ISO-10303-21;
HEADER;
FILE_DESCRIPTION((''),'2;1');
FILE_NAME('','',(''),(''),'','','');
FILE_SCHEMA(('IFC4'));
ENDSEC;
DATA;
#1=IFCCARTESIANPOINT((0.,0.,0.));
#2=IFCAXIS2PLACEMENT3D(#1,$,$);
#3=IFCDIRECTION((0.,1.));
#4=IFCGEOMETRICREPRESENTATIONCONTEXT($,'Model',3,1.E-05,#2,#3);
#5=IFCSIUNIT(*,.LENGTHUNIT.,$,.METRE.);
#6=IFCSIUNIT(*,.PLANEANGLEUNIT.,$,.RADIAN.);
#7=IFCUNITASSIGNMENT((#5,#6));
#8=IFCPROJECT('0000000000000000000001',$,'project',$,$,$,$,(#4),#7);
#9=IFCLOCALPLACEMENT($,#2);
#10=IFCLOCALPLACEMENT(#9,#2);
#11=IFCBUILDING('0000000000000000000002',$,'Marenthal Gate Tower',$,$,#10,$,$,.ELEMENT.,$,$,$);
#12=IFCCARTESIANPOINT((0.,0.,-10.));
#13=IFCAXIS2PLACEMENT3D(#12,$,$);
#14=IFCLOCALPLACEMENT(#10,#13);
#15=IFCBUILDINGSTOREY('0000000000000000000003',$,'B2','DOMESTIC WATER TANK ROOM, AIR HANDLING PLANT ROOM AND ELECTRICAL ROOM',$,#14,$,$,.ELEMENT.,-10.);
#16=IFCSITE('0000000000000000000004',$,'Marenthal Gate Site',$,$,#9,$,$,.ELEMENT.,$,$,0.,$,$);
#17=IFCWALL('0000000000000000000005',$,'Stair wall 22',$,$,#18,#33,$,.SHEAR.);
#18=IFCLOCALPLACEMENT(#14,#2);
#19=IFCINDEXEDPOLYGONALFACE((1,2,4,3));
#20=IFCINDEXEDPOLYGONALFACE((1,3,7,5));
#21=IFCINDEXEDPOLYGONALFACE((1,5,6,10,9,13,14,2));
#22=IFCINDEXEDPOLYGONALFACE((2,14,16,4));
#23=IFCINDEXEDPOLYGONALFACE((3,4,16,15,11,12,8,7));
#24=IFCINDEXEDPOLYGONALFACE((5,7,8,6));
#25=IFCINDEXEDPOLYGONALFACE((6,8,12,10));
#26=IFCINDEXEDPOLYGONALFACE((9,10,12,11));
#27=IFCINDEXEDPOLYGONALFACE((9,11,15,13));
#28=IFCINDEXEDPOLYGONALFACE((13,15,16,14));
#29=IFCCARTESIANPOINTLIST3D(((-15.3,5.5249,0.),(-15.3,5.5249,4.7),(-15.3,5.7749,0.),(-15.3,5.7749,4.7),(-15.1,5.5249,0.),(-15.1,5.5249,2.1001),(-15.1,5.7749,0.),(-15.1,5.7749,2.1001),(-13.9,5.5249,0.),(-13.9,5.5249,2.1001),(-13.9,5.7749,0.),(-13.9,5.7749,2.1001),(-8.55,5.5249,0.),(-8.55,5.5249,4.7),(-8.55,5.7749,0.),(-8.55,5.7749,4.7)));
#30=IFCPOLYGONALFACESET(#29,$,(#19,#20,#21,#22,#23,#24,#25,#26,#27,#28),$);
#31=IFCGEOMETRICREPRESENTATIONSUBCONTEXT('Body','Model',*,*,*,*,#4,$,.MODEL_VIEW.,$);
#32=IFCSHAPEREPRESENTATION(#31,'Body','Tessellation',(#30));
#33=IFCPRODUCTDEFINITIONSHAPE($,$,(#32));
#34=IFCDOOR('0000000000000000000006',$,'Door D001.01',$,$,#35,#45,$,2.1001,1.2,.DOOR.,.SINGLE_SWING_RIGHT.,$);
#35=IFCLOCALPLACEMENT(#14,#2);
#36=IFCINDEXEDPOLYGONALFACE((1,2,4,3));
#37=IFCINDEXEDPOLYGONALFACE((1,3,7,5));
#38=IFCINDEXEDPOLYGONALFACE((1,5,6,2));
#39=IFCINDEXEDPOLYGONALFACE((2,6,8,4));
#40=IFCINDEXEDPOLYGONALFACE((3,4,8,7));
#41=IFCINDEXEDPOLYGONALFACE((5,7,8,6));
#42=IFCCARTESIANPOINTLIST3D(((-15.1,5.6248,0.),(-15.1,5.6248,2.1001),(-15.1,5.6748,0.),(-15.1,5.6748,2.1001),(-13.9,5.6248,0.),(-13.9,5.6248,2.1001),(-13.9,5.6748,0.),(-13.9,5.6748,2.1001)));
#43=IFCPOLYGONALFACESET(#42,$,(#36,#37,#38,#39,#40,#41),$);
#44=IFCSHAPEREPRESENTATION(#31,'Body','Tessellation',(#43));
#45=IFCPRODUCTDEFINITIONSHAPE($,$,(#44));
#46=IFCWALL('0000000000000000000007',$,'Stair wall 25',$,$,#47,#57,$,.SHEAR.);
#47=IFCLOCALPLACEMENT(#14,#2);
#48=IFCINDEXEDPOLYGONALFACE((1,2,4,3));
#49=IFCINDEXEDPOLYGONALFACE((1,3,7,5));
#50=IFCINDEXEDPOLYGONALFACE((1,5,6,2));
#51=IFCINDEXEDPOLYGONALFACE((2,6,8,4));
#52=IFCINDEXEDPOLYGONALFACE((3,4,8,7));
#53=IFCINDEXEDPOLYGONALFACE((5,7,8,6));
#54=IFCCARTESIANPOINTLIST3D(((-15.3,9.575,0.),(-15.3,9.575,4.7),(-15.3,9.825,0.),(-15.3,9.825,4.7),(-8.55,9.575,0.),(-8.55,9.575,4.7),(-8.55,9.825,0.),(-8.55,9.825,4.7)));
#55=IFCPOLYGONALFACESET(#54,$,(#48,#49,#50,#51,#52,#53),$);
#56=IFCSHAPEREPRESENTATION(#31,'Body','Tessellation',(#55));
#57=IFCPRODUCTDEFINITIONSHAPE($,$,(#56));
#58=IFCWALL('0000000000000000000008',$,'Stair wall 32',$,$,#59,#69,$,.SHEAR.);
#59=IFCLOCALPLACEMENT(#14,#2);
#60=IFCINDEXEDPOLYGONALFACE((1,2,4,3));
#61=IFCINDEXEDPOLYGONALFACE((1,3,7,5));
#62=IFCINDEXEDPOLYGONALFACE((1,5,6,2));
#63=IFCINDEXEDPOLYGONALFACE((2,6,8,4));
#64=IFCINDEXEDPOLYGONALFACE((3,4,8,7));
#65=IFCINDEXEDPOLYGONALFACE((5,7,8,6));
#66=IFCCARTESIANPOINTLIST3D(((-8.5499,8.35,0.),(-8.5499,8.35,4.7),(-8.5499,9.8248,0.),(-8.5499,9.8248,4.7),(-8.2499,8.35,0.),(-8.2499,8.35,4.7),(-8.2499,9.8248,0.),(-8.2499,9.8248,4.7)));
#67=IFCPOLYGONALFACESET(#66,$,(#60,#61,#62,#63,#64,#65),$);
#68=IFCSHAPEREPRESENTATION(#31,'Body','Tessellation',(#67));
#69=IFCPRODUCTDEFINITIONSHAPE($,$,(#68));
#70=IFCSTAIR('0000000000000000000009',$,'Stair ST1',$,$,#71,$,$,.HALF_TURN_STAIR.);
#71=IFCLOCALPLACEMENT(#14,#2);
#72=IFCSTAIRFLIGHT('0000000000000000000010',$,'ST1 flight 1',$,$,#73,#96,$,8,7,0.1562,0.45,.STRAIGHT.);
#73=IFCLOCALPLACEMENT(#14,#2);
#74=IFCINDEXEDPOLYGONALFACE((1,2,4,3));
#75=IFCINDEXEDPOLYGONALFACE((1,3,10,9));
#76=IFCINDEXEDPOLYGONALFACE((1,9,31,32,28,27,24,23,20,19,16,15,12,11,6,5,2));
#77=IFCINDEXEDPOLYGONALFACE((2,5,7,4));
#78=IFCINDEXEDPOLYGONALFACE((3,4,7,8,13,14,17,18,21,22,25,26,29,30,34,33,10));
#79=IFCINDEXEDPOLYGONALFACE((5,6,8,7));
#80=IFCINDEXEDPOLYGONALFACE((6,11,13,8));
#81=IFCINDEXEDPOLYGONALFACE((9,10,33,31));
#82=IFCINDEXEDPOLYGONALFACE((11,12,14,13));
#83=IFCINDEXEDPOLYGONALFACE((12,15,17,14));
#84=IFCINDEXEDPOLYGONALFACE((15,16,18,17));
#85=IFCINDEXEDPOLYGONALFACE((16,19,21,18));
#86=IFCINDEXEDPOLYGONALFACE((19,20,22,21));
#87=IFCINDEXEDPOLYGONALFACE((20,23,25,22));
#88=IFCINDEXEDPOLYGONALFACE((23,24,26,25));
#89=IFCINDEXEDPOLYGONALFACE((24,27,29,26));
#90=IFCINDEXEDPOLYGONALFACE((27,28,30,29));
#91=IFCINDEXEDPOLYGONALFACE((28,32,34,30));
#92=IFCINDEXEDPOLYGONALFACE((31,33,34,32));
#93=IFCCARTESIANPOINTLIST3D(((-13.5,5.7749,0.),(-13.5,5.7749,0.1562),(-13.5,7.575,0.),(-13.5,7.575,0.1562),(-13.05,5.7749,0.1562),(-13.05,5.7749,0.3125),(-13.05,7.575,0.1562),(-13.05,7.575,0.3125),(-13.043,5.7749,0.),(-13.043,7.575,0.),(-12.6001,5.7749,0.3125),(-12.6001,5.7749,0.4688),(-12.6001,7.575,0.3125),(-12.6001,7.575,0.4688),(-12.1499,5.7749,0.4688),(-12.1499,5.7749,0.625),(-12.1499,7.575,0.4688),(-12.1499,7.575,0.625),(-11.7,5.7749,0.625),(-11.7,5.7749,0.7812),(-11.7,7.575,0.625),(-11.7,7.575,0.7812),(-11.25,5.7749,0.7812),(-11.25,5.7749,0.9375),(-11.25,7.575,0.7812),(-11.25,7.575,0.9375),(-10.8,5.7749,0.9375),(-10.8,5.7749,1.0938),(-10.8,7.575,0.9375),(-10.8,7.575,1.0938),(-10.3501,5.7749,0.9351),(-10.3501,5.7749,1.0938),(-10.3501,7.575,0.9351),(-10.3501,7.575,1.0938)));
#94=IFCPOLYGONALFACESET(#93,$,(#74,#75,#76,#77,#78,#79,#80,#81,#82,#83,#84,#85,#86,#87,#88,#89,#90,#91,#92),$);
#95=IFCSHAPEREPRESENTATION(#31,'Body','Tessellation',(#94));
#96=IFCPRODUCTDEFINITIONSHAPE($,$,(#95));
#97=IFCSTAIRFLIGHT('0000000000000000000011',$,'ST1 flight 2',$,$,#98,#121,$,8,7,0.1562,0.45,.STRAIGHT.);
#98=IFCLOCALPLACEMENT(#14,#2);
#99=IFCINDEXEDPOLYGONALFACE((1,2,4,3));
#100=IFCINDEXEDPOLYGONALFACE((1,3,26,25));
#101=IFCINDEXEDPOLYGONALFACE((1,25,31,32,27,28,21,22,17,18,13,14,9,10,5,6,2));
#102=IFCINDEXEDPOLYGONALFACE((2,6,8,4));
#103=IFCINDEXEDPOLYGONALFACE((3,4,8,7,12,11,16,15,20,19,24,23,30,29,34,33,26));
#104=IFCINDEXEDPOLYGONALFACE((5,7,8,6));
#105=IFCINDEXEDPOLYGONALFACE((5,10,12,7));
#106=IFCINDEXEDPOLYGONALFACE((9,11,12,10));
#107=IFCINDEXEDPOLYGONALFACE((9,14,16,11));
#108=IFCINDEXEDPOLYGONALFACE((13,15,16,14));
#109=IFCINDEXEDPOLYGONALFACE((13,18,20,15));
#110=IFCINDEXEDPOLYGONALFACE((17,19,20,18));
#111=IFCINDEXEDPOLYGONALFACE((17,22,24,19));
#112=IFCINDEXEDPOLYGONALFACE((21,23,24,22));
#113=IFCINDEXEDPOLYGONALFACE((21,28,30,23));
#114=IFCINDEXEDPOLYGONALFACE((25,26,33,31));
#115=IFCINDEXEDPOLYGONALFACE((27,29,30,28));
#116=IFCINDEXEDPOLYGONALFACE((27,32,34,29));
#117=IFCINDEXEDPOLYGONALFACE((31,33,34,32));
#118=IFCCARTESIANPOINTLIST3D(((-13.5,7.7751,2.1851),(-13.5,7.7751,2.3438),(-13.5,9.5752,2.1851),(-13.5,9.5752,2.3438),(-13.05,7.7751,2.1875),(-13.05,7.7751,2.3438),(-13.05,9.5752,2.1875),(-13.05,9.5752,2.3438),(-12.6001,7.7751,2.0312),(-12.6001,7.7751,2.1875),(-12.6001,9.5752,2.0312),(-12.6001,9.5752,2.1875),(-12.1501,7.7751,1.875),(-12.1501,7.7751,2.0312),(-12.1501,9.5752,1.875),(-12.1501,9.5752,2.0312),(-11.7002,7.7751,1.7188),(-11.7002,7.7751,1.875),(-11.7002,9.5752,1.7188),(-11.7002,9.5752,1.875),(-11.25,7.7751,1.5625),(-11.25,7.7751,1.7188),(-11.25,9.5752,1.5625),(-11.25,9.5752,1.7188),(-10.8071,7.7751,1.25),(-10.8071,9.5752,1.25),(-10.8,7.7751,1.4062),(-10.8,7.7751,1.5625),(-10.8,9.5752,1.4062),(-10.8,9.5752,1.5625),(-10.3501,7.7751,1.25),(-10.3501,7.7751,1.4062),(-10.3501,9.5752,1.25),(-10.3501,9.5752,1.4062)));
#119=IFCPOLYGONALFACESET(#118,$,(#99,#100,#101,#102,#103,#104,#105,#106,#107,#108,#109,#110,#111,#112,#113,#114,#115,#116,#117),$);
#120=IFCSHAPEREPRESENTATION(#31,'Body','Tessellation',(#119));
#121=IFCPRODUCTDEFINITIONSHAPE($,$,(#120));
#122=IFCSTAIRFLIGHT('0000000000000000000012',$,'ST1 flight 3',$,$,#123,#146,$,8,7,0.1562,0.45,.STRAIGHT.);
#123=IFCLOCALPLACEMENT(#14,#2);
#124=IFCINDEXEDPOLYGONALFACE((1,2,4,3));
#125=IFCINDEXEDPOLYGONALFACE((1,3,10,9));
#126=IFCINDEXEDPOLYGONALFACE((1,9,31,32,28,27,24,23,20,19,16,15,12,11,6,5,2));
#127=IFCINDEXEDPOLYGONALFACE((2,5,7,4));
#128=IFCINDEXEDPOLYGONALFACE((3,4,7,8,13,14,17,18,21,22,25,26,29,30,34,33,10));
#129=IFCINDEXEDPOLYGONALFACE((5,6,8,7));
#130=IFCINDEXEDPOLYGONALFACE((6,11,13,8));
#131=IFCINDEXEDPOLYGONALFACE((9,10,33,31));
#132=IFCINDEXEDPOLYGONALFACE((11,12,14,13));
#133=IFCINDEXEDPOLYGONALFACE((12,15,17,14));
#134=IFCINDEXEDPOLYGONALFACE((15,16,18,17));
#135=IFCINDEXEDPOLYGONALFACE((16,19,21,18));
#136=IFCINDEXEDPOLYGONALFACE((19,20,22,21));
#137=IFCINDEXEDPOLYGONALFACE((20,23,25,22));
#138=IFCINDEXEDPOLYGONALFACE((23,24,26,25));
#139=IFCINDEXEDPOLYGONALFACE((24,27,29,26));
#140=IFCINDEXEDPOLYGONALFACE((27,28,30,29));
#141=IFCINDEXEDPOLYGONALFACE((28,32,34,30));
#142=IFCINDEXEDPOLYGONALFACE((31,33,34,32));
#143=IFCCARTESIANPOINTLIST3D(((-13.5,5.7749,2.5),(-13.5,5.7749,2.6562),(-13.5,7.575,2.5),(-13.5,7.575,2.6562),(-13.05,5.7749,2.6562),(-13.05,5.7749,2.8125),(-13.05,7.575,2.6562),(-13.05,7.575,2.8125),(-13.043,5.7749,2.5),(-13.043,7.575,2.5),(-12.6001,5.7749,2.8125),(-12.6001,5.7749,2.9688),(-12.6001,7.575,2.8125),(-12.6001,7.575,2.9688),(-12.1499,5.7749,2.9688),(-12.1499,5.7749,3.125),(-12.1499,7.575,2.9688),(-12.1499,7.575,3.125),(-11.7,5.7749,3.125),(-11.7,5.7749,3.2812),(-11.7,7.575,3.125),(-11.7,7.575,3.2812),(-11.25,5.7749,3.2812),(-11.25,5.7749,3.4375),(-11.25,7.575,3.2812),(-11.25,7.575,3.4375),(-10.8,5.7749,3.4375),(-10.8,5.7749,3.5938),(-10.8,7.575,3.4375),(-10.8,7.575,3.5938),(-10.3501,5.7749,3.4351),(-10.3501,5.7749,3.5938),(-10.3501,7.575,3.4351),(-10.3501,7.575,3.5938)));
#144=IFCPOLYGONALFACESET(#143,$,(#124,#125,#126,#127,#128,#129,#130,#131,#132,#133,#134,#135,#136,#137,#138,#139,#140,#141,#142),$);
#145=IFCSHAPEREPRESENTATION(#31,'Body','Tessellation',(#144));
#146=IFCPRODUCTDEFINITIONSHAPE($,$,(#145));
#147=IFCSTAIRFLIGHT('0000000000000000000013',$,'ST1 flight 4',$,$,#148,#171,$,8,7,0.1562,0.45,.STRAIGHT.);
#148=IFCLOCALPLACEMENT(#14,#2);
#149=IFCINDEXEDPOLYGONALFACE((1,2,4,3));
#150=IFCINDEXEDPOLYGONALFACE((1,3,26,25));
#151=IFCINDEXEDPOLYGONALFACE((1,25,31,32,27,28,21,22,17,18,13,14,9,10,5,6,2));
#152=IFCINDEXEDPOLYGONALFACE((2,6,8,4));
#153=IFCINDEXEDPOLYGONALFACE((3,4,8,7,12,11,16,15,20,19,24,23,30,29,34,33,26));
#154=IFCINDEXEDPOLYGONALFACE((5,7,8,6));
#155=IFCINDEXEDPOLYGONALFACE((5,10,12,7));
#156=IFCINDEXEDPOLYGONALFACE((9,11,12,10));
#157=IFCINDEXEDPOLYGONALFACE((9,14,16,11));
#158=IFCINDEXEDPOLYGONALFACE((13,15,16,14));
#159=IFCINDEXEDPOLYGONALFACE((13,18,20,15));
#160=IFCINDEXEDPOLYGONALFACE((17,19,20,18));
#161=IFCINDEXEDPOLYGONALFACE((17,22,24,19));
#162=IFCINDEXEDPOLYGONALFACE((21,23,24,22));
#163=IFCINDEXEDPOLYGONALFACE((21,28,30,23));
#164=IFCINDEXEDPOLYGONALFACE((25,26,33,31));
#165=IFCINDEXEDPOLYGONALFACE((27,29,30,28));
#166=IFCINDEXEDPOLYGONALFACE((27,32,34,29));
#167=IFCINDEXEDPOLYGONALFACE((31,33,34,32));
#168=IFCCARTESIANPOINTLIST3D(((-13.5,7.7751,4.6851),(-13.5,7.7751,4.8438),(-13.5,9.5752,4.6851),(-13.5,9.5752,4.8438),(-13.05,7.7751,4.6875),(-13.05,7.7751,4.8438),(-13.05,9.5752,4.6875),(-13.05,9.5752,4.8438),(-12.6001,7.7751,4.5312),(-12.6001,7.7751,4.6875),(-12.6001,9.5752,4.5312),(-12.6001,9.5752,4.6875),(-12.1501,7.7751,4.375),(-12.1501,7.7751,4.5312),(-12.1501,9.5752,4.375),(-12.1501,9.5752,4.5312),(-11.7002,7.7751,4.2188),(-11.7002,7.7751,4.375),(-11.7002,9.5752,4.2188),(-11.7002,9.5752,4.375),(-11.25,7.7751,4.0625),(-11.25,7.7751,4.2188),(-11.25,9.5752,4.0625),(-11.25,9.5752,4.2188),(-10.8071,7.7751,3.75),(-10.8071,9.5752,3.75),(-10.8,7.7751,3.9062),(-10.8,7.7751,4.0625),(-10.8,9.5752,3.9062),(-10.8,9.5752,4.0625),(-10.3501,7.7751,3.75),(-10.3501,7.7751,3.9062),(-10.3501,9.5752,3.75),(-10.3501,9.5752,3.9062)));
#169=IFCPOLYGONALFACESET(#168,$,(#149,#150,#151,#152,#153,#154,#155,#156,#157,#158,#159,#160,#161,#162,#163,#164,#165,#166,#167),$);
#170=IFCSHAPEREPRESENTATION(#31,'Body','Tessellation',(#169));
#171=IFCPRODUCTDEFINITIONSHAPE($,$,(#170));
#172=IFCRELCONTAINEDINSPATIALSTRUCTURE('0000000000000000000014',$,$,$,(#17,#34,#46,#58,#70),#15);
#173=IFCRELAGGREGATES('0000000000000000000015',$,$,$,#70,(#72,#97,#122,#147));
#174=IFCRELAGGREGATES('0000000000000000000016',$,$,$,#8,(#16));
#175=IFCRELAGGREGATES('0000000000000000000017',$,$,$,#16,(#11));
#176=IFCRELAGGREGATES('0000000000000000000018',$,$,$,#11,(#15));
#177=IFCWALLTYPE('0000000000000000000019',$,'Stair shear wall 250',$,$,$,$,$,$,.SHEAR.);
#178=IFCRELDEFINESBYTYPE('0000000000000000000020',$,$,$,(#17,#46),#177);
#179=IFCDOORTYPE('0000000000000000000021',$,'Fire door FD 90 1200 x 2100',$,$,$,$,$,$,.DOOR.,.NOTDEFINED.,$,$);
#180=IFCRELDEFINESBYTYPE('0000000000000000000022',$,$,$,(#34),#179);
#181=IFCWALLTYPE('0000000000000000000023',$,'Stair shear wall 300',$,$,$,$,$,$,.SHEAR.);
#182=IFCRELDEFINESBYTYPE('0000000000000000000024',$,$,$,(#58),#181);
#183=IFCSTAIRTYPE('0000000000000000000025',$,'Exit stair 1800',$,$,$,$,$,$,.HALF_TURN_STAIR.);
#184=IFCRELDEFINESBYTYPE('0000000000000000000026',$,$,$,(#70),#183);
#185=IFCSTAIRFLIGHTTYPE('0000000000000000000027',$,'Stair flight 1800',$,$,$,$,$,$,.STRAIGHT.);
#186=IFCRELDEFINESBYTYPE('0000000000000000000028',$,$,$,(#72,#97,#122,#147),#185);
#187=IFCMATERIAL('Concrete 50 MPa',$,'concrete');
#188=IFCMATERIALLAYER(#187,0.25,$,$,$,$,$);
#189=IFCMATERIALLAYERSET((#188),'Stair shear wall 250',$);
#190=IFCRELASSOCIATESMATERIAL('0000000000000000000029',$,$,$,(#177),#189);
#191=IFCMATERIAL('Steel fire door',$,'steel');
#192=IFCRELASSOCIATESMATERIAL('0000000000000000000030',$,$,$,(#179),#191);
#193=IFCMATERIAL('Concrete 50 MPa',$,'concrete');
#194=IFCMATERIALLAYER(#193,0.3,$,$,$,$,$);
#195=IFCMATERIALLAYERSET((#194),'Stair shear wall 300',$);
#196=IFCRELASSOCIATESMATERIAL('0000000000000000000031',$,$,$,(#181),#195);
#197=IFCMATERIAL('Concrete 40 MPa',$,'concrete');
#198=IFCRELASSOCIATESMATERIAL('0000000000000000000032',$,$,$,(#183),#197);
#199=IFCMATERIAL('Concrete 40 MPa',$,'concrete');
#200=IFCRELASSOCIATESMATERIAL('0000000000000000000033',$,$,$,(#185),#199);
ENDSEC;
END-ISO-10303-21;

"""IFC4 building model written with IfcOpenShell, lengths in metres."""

from ifc_helpers import new_model, si_unit, direction, frame, frame_2d, origin, place, context, subcontext, project, spatial, polyline, rectangle, outline, extrude, material, layer, layer_set, type_object, element, fill, aggregate, save


model = new_model("IFC4")

# Units and contexts
model_context = context("Model", 3, precision=1e-05, world=origin(), true_north=direction((0.0, 1.0)))
body_context = subcontext(model_context, "Body", "Model", "MODEL_VIEW")
ifc_project = project(units=[si_unit("LENGTHUNIT", "METRE"), si_unit("PLANEANGLEUNIT", "RADIAN")], contexts=[model_context])

# Site, building, storey
site_placement = place(None, origin())
site = spatial("IfcSite", under=ifc_project, at=site_placement, Name="Marenthal Gate Site", CompositionType="ELEMENT", RefElevation=0.0)
building_placement = place(site_placement, origin())
building = spatial("IfcBuilding", under=site, at=building_placement, Name="Marenthal Gate Tower", CompositionType="ELEMENT")
storey_placement = place(building_placement, frame((0.0, 0.0, -10.0)))
storey = spatial("IfcBuildingStorey", under=building, at=storey_placement, Name="B2", Description="DOMESTIC WATER TANK ROOM, AIR HANDLING PLANT ROOM AND ELECTRICAL ROOM", CompositionType="ELEMENT", Elevation=-10.0)

# Wall, opening, door
ifc_material_1 = material(Name="Concrete 50 MPa", Category="concrete")
ifc_layer_1 = layer(ifc_material_1, 0.25)
ifc_layer_set_1 = layer_set([ifc_layer_1], Name="Stair shear wall 250")
wall_type_1 = type_object("IfcWallType", Name="Stair shear wall 250", PredefinedType="SHEAR", material=ifc_layer_set_1)
wall_1_placement = place(storey_placement, frame((-15.3, 5.6499, 0.0), z_axis=(0.0, 0.0, 1.0), x_axis=(1.0, 0.0, 0.0)))
wall_1 = element("IfcWall", 1, at=wall_1_placement, inside=storey, type_object=wall_type_1, Name="Stair wall 22", PredefinedType="SHEAR", context=body_context, shape_type="SweptSolid", body=[
    extrude(rectangle(XDim=6.75, YDim=0.25, at=frame_2d((3.375, 0.0))), origin(), (0.0, 0.0, 1.0), 4.7),
])
opening_1_placement = place(wall_1_placement, frame((0.2, 0.0, 0.0)))
opening_1 = element("IfcOpeningElement", 2, at=opening_1_placement, cuts=wall_1, PredefinedType="OPENING", context=body_context, shape_type="SweptSolid", body=[
    extrude(rectangle(XDim=1.2, YDim=2.1001, at=frame_2d((0.6001, 1.05))), frame((0.0, 0.135, 0.0), z_axis=(0.0, -1.0, 0.0), x_axis=(1.0, 0.0, 0.0)), (0.0, 0.0, 1.0), 0.27),
])
ifc_material_2 = material(Name="Steel fire door", Category="steel")
door_type_1 = type_object("IfcDoorType", Name="Fire door FD 90 1200 x 2100", OperationType="NOTDEFINED", PredefinedType="DOOR", material=ifc_material_2)
door_1_placement = place(opening_1_placement, origin())
door_1 = element("IfcDoor", 3, at=door_1_placement, inside=storey, type_object=door_type_1, Name="Door D001.01", OperationType="SINGLE_SWING_RIGHT", OverallHeight=2.1001, OverallWidth=1.2, PredefinedType="DOOR", context=body_context, shape_type="SweptSolid", body=[
    extrude(rectangle(XDim=1.2, YDim=2.1001, at=frame_2d((0.6001, 1.05))), frame((0.0, 0.0249, 0.0), z_axis=(0.0, -1.0, 0.0), x_axis=(1.0, 0.0, 0.0)), (0.0, 0.0, 1.0), 0.05),
])
fill(opening_1, door_1)

# Walls
wall_2_placement = place(storey_placement, frame((-15.3, 9.7, 0.0), z_axis=(0.0, 0.0, 1.0), x_axis=(1.0, 0.0, 0.0)))
element("IfcWall", 4, at=wall_2_placement, inside=storey, type_object=wall_type_1, Name="Stair wall 25", PredefinedType="SHEAR", context=body_context, shape_type="SweptSolid", body=[
    extrude(rectangle(XDim=6.75, YDim=0.25, at=frame_2d((3.375, 0.0))), origin(), (0.0, 0.0, 1.0), 4.7),
])
ifc_material_3 = material(Name="Concrete 50 MPa", Category="concrete")
ifc_layer_2 = layer(ifc_material_3, 0.3)
ifc_layer_set_2 = layer_set([ifc_layer_2], Name="Stair shear wall 300")
wall_type_2 = type_object("IfcWallType", Name="Stair shear wall 300", PredefinedType="SHEAR", material=ifc_layer_set_2)
wall_3_placement = place(storey_placement, frame((-8.3999, 8.3501, 0.0), z_axis=(0.0, 0.0, 1.0), x_axis=(0.0, 1.0, 0.0)))
element("IfcWall", 5, at=wall_3_placement, inside=storey, type_object=wall_type_2, Name="Stair wall 32", PredefinedType="SHEAR", context=body_context, shape_type="SweptSolid", body=[
    extrude(rectangle(XDim=1.4749, YDim=0.3, at=frame_2d((0.7373, 0.0))), origin(), (0.0, 0.0, 1.0), 4.7),
])

# Stair, stair flights
ifc_material_4 = material(Name="Concrete 40 MPa", Category="concrete")
stair_type = type_object("IfcStairType", Name="Exit stair 1800", PredefinedType="HALF_TURN_STAIR", material=ifc_material_4)
stair_placement = place(storey_placement, origin())
stair = element("IfcStair", 6, at=stair_placement, inside=storey, type_object=stair_type, Name="Stair ST1", PredefinedType="HALF_TURN_STAIR")
ifc_material_5 = material(Name="Concrete 40 MPa", Category="concrete")
stair_flight_type = type_object("IfcStairFlightType", Name="Stair flight 1800", PredefinedType="STRAIGHT", material=ifc_material_5)
stair_flight_1_placement = place(storey_placement, frame((-13.5, 6.675, 0.0), z_axis=(0.0, 0.0, 1.0), x_axis=(1.0, 0.0, 0.0)))
stair_flight_1 = element("IfcStairFlight", 7, at=stair_flight_1_placement, type_object=stair_flight_type, Name="ST1 flight 1", NumberOfRisers=8, NumberOfTreads=7, PredefinedType="STRAIGHT", RiserHeight=0.1562, TreadLength=0.45, context=body_context, shape_type="SweptSolid", body=[
    extrude(outline(polyline([(0.0, 0.0), (0.0, 0.1562), (0.45, 0.1562), (0.45, 0.3125), (0.8999, 0.3125), (0.8999, 0.4688), (1.3501, 0.4688), (1.3501, 0.625), (1.8, 0.625), (1.8, 0.7812), (2.25, 0.7812), (2.25, 0.9375), (2.7, 0.9375), (2.7, 1.0938), (3.1499, 1.0938), (3.1499, 1.25), (3.1499, 0.9351), (0.457, 0.0), (0.0, 0.0)])), frame((0.0, 0.8999, 0.0), z_axis=(0.0, -1.0, 0.0), x_axis=(1.0, 0.0, 0.0)), (0.0, 0.0, 1.0), 1.8),
])
stair_flight_2_placement = place(storey_placement, frame((-10.3501, 8.675, 1.25), z_axis=(0.0, 0.0, 1.0), x_axis=(-1.0, 0.0, 0.0)))
stair_flight_2 = element("IfcStairFlight", 8, at=stair_flight_2_placement, type_object=stair_flight_type, Name="ST1 flight 2", NumberOfRisers=8, NumberOfTreads=7, PredefinedType="STRAIGHT", RiserHeight=0.1562, TreadLength=0.45, context=body_context, shape_type="SweptSolid", body=[
    extrude(outline(polyline([(0.0, 0.0), (0.0, 0.1562), (0.45, 0.1562), (0.45, 0.3125), (0.8999, 0.3125), (0.8999, 0.4688), (1.3501, 0.4688), (1.3501, 0.625), (1.8, 0.625), (1.8, 0.7812), (2.25, 0.7812), (2.25, 0.9375), (2.7, 0.9375), (2.7, 1.0938), (3.1499, 1.0938), (3.1499, 1.25), (3.1499, 0.9351), (0.457, 0.0), (0.0, 0.0)])), frame((0.0, 0.8999, 0.0), z_axis=(0.0, -1.0, 0.0), x_axis=(1.0, 0.0, 0.0)), (0.0, 0.0, 1.0), 1.8),
])
stair_flight_3_placement = place(storey_placement, frame((-13.5, 6.675, 2.5), z_axis=(0.0, 0.0, 1.0), x_axis=(1.0, 0.0, 0.0)))
stair_flight_3 = element("IfcStairFlight", 9, at=stair_flight_3_placement, type_object=stair_flight_type, Name="ST1 flight 3", NumberOfRisers=8, NumberOfTreads=7, PredefinedType="STRAIGHT", RiserHeight=0.1562, TreadLength=0.45, context=body_context, shape_type="SweptSolid", body=[
    extrude(outline(polyline([(0.0, 0.0), (0.0, 0.1562), (0.45, 0.1562), (0.45, 0.3125), (0.8999, 0.3125), (0.8999, 0.4688), (1.3501, 0.4688), (1.3501, 0.625), (1.8, 0.625), (1.8, 0.7812), (2.25, 0.7812), (2.25, 0.9375), (2.7, 0.9375), (2.7, 1.0938), (3.1499, 1.0938), (3.1499, 1.25), (3.1499, 0.9351), (0.457, 0.0), (0.0, 0.0)])), frame((0.0, 0.8999, 0.0), z_axis=(0.0, -1.0, 0.0), x_axis=(1.0, 0.0, 0.0)), (0.0, 0.0, 1.0), 1.8),
])
stair_flight_4_placement = place(storey_placement, frame((-10.3501, 8.675, 3.75), z_axis=(0.0, 0.0, 1.0), x_axis=(-1.0, 0.0, 0.0)))
stair_flight_4 = element("IfcStairFlight", 10, at=stair_flight_4_placement, type_object=stair_flight_type, Name="ST1 flight 4", NumberOfRisers=8, NumberOfTreads=7, PredefinedType="STRAIGHT", RiserHeight=0.1562, TreadLength=0.45, context=body_context, shape_type="SweptSolid", body=[
    extrude(outline(polyline([(0.0, 0.0), (0.0, 0.1562), (0.45, 0.1562), (0.45, 0.3125), (0.8999, 0.3125), (0.8999, 0.4688), (1.3501, 0.4688), (1.3501, 0.625), (1.8, 0.625), (1.8, 0.7812), (2.25, 0.7812), (2.25, 0.9375), (2.7, 0.9375), (2.7, 1.0938), (3.1499, 1.0938), (3.1499, 1.25), (3.1499, 0.9351), (0.457, 0.0), (0.0, 0.0)])), frame((0.0, 0.8999, 0.0), z_axis=(0.0, -1.0, 0.0), x_axis=(1.0, 0.0, 0.0)), (0.0, 0.0, 1.0), 1.8),
])
aggregate(stair, [stair_flight_1, stair_flight_2, stair_flight_3, stair_flight_4])

save(model, "model.ifc")
